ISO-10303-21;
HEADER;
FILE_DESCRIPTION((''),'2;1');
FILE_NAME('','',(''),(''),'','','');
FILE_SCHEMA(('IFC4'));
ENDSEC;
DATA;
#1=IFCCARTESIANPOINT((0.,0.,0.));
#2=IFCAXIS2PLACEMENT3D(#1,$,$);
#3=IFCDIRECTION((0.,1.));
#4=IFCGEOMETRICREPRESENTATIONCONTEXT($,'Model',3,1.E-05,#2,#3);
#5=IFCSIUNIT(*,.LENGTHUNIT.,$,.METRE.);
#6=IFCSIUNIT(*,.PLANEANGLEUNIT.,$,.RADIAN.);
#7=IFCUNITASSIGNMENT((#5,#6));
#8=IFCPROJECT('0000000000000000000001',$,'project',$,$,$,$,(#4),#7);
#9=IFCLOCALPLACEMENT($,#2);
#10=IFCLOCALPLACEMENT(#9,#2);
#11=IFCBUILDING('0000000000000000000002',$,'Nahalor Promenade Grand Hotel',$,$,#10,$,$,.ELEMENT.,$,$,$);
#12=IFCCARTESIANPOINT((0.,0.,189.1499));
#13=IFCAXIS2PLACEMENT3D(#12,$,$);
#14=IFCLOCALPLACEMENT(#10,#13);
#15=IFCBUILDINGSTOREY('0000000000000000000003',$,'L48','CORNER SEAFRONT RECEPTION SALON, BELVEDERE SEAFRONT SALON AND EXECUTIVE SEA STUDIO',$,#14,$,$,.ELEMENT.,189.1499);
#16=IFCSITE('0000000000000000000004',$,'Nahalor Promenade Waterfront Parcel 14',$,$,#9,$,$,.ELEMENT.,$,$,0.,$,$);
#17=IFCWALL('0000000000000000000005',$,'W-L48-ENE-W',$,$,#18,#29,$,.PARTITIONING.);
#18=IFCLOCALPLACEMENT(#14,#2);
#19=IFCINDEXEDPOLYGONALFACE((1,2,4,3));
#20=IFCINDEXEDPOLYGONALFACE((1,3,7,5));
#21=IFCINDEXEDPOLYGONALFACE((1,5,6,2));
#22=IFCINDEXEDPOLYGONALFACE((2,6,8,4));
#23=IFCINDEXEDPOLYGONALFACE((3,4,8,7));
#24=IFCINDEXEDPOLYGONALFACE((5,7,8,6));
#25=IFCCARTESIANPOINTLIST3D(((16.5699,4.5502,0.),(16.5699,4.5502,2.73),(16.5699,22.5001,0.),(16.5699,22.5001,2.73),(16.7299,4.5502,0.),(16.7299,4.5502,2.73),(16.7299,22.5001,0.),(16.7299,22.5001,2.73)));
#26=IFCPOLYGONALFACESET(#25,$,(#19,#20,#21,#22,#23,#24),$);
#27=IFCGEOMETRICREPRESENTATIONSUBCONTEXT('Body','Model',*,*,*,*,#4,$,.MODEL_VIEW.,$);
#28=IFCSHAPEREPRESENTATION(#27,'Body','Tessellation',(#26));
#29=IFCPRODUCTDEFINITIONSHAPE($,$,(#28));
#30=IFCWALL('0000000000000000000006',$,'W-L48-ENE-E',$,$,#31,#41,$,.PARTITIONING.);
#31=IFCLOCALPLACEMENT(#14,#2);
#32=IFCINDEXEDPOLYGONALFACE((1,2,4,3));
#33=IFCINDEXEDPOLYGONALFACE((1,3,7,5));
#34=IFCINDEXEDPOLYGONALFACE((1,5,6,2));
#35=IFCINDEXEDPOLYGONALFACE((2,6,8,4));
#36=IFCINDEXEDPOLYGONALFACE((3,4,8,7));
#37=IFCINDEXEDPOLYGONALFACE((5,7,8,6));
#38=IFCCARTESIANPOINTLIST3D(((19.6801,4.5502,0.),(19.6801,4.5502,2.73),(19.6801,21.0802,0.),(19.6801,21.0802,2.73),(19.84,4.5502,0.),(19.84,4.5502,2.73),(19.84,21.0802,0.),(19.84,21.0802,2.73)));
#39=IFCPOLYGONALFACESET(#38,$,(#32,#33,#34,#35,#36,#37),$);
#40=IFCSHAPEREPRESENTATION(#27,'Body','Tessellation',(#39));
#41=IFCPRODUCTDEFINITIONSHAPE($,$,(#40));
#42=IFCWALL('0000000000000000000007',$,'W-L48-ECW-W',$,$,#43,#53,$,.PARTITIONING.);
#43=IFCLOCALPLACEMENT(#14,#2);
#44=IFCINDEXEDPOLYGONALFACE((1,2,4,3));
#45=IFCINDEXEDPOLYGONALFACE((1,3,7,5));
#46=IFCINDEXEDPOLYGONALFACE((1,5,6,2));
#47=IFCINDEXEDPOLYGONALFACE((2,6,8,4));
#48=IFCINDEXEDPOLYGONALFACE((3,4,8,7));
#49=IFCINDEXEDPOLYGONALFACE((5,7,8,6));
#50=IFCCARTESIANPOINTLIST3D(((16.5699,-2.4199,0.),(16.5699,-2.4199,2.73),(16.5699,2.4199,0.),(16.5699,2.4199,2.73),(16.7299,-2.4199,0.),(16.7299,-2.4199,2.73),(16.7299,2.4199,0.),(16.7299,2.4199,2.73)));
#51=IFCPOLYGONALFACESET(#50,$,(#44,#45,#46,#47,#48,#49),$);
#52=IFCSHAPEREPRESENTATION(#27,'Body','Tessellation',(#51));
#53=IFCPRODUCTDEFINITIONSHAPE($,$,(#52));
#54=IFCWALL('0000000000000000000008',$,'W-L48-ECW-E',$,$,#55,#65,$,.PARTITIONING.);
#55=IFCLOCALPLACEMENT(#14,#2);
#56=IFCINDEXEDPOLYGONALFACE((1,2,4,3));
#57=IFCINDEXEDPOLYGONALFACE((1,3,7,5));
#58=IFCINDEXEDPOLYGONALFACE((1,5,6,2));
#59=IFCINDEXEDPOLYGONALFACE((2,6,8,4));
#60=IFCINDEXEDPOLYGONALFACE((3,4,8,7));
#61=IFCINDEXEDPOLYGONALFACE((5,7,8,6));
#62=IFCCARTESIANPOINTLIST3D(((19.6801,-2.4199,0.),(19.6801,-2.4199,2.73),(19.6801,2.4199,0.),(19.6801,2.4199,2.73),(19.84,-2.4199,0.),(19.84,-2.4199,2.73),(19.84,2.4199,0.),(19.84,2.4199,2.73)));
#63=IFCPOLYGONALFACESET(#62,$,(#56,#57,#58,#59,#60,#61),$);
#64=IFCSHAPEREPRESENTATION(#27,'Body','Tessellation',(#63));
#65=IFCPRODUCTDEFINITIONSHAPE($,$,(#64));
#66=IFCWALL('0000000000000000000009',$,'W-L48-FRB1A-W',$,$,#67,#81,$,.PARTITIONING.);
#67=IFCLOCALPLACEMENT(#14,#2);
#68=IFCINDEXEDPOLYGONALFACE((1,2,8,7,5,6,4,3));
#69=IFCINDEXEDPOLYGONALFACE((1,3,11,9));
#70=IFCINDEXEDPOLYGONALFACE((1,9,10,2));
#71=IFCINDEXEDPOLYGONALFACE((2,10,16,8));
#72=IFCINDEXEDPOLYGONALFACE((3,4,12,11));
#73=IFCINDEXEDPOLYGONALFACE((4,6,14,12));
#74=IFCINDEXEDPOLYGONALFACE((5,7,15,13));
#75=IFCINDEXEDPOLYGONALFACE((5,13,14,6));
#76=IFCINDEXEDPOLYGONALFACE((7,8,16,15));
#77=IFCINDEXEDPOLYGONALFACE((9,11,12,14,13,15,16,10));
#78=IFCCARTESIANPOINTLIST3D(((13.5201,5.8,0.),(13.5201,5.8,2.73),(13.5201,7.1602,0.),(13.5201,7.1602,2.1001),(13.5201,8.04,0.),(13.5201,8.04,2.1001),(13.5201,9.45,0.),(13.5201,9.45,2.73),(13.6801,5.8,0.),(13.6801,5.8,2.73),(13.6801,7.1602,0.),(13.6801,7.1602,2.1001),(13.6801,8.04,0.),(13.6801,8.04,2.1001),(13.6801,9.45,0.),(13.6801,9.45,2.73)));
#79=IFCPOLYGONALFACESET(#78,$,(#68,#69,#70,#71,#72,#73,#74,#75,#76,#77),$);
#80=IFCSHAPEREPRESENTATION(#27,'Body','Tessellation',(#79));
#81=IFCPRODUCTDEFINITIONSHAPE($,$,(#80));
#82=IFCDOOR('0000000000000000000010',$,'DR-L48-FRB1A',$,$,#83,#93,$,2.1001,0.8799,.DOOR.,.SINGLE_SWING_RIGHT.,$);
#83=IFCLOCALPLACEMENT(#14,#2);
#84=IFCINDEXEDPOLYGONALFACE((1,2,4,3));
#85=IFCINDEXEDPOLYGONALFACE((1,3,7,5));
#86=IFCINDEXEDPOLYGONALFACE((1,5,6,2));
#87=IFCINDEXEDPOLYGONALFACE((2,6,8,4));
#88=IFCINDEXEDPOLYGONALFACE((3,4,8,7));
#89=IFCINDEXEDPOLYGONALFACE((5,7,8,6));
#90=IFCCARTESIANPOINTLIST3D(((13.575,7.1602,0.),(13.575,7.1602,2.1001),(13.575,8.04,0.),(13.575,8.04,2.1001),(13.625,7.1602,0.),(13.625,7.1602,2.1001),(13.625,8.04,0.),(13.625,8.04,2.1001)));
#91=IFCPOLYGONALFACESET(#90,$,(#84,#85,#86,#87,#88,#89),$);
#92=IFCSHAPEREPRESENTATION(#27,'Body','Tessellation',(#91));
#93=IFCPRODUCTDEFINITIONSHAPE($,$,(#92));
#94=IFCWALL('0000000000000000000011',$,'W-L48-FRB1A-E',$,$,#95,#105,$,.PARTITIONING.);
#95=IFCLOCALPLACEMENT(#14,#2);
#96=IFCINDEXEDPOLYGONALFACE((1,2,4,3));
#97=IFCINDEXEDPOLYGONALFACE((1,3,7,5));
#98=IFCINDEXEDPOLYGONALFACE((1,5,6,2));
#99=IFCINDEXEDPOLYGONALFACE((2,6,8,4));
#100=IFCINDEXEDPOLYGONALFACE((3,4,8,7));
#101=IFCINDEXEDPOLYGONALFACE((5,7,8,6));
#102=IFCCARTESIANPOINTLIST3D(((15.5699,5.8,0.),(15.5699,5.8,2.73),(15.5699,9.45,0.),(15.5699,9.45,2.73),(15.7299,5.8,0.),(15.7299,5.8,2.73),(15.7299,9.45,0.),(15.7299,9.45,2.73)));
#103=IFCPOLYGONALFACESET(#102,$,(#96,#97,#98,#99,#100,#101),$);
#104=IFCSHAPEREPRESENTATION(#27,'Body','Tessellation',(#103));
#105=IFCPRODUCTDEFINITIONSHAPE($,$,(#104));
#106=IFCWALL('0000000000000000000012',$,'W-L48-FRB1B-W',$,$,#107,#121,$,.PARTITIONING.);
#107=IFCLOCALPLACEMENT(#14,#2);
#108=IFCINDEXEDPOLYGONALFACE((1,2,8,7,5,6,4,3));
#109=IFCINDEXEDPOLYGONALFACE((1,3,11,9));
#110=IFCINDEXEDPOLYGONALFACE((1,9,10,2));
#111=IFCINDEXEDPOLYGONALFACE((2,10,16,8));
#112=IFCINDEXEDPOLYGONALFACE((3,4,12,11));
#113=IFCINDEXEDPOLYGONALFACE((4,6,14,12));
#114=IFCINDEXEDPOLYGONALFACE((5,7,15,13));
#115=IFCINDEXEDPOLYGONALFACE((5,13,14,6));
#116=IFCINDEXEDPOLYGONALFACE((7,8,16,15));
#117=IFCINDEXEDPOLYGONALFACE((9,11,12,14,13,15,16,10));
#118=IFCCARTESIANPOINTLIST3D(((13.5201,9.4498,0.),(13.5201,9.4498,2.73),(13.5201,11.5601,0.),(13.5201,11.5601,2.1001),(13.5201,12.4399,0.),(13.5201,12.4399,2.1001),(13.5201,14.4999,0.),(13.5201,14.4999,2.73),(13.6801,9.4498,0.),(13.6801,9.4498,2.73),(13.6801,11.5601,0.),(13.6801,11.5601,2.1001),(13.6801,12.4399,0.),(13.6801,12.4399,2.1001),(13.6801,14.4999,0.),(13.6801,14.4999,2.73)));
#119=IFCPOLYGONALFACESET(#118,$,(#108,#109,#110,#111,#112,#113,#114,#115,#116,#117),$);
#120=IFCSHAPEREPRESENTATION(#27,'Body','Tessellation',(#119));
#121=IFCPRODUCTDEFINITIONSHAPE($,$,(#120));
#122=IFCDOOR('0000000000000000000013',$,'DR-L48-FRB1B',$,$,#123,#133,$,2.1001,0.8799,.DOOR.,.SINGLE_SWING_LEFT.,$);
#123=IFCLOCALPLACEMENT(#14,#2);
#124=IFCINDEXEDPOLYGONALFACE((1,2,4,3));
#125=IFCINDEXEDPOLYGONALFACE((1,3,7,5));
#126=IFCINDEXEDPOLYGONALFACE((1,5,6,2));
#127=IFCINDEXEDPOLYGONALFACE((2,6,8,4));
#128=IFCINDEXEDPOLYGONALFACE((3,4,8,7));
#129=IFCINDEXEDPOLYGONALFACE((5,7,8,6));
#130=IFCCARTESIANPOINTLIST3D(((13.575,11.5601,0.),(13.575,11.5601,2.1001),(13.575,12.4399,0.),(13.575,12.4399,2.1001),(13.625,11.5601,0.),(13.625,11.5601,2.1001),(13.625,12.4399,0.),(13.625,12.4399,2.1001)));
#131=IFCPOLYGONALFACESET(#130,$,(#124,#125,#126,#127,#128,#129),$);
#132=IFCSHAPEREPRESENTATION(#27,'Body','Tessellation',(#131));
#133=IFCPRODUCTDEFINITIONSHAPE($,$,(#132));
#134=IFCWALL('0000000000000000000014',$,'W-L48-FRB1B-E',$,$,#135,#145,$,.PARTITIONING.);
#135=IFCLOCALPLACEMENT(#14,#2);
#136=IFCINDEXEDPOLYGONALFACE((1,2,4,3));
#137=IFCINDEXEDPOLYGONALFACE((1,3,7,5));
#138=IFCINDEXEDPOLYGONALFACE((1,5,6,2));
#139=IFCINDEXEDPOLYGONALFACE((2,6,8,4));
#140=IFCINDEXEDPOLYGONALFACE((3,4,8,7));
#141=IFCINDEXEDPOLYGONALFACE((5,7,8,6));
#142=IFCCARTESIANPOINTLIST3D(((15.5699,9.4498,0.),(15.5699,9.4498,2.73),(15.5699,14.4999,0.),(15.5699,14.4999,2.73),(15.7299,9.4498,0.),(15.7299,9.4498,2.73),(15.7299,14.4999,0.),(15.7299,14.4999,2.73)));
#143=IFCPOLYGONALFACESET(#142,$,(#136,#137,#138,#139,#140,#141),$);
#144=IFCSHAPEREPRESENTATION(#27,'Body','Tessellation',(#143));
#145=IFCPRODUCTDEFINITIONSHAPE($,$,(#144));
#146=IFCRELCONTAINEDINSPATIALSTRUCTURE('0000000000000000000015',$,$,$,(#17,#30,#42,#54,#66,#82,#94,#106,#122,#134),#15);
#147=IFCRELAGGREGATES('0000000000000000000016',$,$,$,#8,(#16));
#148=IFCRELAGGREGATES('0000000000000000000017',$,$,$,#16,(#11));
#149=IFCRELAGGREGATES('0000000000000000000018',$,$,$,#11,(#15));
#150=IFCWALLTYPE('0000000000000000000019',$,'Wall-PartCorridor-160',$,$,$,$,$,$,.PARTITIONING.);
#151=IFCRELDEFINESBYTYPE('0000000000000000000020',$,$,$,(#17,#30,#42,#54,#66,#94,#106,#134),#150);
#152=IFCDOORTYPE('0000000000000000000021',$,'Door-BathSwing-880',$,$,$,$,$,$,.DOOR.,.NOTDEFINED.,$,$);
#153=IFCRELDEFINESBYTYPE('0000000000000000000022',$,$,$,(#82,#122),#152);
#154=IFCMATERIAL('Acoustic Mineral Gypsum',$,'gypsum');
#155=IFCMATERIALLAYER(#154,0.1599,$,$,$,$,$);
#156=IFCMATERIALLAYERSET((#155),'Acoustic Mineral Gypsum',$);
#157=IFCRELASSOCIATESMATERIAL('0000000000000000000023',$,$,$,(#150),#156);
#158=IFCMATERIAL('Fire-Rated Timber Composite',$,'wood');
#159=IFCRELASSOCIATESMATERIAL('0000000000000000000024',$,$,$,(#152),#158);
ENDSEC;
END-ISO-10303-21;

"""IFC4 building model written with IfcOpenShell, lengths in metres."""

from ifc_helpers import new_model, si_unit, direction, frame, frame_2d, origin, place, context, subcontext, project, spatial, rectangle, extrude, source, transform, mapped, material, layer, layer_set, type_object, element, fill, save


model = new_model("IFC4")

# Units and contexts
model_context = context("Model", 3, precision=1e-05, world=origin(), true_north=direction((0.0, 1.0)))
body_context = subcontext(model_context, "Body", "Model", "MODEL_VIEW")
ifc_project = project(units=[si_unit("LENGTHUNIT", "METRE"), si_unit("PLANEANGLEUNIT", "RADIAN")], contexts=[model_context])

# Site, building, storey
site_placement = place(None, origin())
site = spatial("IfcSite", under=ifc_project, at=site_placement, Name="Nahalor Promenade Waterfront Parcel 14", CompositionType="ELEMENT", RefElevation=0.0)
building_placement = place(site_placement, origin())
building = spatial("IfcBuilding", under=site, at=building_placement, Name="Nahalor Promenade Grand Hotel", CompositionType="ELEMENT")
storey_placement = place(building_placement, frame((0.0, 0.0, 189.1499)))
storey = spatial("IfcBuildingStorey", under=building, at=storey_placement, Name="L48", Description="CORNER SEAFRONT RECEPTION SALON, BELVEDERE SEAFRONT SALON AND EXECUTIVE SEA STUDIO", CompositionType="ELEMENT", Elevation=189.1499)

# Shared definitions
ifc_material_1 = material(Name="Acoustic Mineral Gypsum", Category="gypsum")
ifc_layer_1 = layer(ifc_material_1, 0.1599)
ifc_layer_set_1 = layer_set([ifc_layer_1], Name="Acoustic Mineral Gypsum")
wall_type_1 = type_object("IfcWallType", Name="Wall-PartCorridor-160", PredefinedType="PARTITIONING", material=ifc_layer_set_1)

# Walls
shared_shape_1 = source(origin(), body_context, "Body", "SweptSolid", [
    extrude(rectangle(XDim=17.95, YDim=0.1599, at=frame_2d((8.9751, 0.0))), origin(), (0.0, 0.0, 1.0), 2.73),
])
wall_1_placement = place(storey_placement, frame((16.6499, 4.55, 0.0), z_axis=(0.0, 0.0, 1.0), x_axis=(0.0, 1.0, 0.0)))
element("IfcWall", 1, at=wall_1_placement, inside=storey, type_object=wall_type_1, Name="W-L48-ENE-W", PredefinedType="PARTITIONING", context=body_context, shape_type="MappedRepresentation", body=[
    mapped(shared_shape_1, transform((0.0, 0.0, 0.0), scale=1.0)),
])
shared_shape_2 = source(origin(), body_context, "Body", "SweptSolid", [
    extrude(rectangle(XDim=16.53, YDim=0.1599, at=frame_2d((8.2651, 0.0))), origin(), (0.0, 0.0, 1.0), 2.73),
])
wall_2_placement = place(storey_placement, frame((19.76, 4.55, 0.0), z_axis=(0.0, 0.0, 1.0), x_axis=(0.0, 1.0, 0.0)))
element("IfcWall", 2, at=wall_2_placement, inside=storey, type_object=wall_type_1, Name="W-L48-ENE-E", PredefinedType="PARTITIONING", context=body_context, shape_type="MappedRepresentation", body=[
    mapped(shared_shape_2, transform((0.0, 0.0, 0.0), scale=1.0)),
])
shared_shape_3 = source(origin(), body_context, "Body", "SweptSolid", [
    extrude(rectangle(XDim=4.8398, YDim=0.1599, at=frame_2d((2.4199, 0.0))), origin(), (0.0, 0.0, 1.0), 2.73),
])
for number, where, z_axis, x_axis, name in (
    (3, (16.6499, -2.4199, 0.0), (0.0, 0.0, 1.0), (0.0, 1.0, 0.0), "W-L48-ECW-W"),
    (4, (19.76, -2.4199, 0.0), (0.0, 0.0, 1.0), (0.0, 1.0, 0.0), "W-L48-ECW-E"),
):
    element("IfcWall", number, at=place(storey_placement, frame(where, z_axis=z_axis, x_axis=x_axis)), inside=storey, type_object=wall_type_1, Name=name, PredefinedType="PARTITIONING", context=body_context, shape_type="MappedRepresentation", body=[
        mapped(shared_shape_3, transform((0.0, 0.0, 0.0), scale=1.0)),
    ])

# Wall, opening, door
shared_shape_4 = source(origin(), body_context, "Body", "SweptSolid", [
    extrude(rectangle(XDim=3.6499, YDim=0.1599, at=frame_2d((1.825, 0.0))), origin(), (0.0, 0.0, 1.0), 2.73),
])
wall_3_placement = place(storey_placement, frame((13.6001, 5.8, 0.0), z_axis=(0.0, 0.0, 1.0), x_axis=(0.0, 1.0, 0.0)))
wall_3 = element("IfcWall", 5, at=wall_3_placement, inside=storey, type_object=wall_type_1, Name="W-L48-FRB1A-W", PredefinedType="PARTITIONING", context=body_context, shape_type="MappedRepresentation", body=[
    mapped(shared_shape_4, transform((0.0, 0.0, 0.0), scale=1.0)),
])
opening_1_placement = place(wall_3_placement, frame((1.3601, 0.0, 0.0)))
opening_1 = element("IfcOpeningElement", 6, at=opening_1_placement, cuts=wall_3, PredefinedType="OPENING", context=body_context, shape_type="SweptSolid", body=[
    extrude(rectangle(XDim=0.8799, YDim=2.1001, at=frame_2d((0.4399, 1.05))), frame((0.0, 0.0898, 0.0), z_axis=(0.0, -1.0, 0.0), x_axis=(1.0, 0.0, 0.0)), (0.0, 0.0, 1.0), 0.1799),
])
ifc_material_2 = material(Name="Fire-Rated Timber Composite", Category="wood")
door_type_1 = type_object("IfcDoorType", Name="Door-BathSwing-880", OperationType="NOTDEFINED", PredefinedType="DOOR", material=ifc_material_2)
shared_shape_5 = source(origin(), body_context, "Body", "SweptSolid", [
    extrude(rectangle(XDim=0.8799, YDim=2.1001, at=frame_2d((0.4399, 1.05))), frame((0.0, 0.0249, 0.0), z_axis=(0.0, -1.0, 0.0), x_axis=(1.0, 0.0, 0.0)), (0.0, 0.0, 1.0), 0.05),
])
door_1_placement = place(opening_1_placement, frame((0.8799, 0.0, 0.0), z_axis=(0.0, 0.0, 1.0), x_axis=(-1.0, 0.0, 0.0)))
door_1 = element("IfcDoor", 7, at=door_1_placement, inside=storey, type_object=door_type_1, Name="DR-L48-FRB1A", OperationType="SINGLE_SWING_RIGHT", OverallHeight=2.1001, OverallWidth=0.8799, PredefinedType="DOOR", context=body_context, shape_type="MappedRepresentation", body=[
    mapped(shared_shape_5, transform((0.0, 0.0, 0.0), scale=1.0)),
])
fill(opening_1, door_1)

# Wall
wall_4_placement = place(storey_placement, frame((15.6499, 5.8, 0.0), z_axis=(0.0, 0.0, 1.0), x_axis=(0.0, 1.0, 0.0)))
element("IfcWall", 8, at=wall_4_placement, inside=storey, type_object=wall_type_1, Name="W-L48-FRB1A-E", PredefinedType="PARTITIONING", context=body_context, shape_type="MappedRepresentation", body=[
    mapped(shared_shape_4, transform((0.0, 0.0, 0.0), scale=1.0)),
])

# Wall, opening, door
shared_shape_6 = source(origin(), body_context, "Body", "SweptSolid", [
    extrude(rectangle(XDim=5.05, YDim=0.1599, at=frame_2d((2.5249, 0.0))), origin(), (0.0, 0.0, 1.0), 2.73),
])
wall_5_placement = place(storey_placement, frame((13.6001, 9.45, 0.0), z_axis=(0.0, 0.0, 1.0), x_axis=(0.0, 1.0, 0.0)))
wall_5 = element("IfcWall", 9, at=wall_5_placement, inside=storey, type_object=wall_type_1, Name="W-L48-FRB1B-W", PredefinedType="PARTITIONING", context=body_context, shape_type="MappedRepresentation", body=[
    mapped(shared_shape_6, transform((0.0, 0.0, 0.0), scale=1.0)),
])
opening_2_placement = place(wall_5_placement, frame((2.1101, 0.0, 0.0)))
opening_2 = element("IfcOpeningElement", 10, at=opening_2_placement, cuts=wall_5, PredefinedType="OPENING", context=body_context, shape_type="SweptSolid", body=[
    extrude(rectangle(XDim=0.8799, YDim=2.1001, at=frame_2d((0.4399, 1.05))), frame((0.0, 0.0898, 0.0), z_axis=(0.0, -1.0, 0.0), x_axis=(1.0, 0.0, 0.0)), (0.0, 0.0, 1.0), 0.1799),
])
door_2_placement = place(opening_2_placement, frame((0.8799, 0.0, 0.0), z_axis=(0.0, 0.0, 1.0), x_axis=(-1.0, 0.0, 0.0)))
door_2 = element("IfcDoor", 11, at=door_2_placement, inside=storey, type_object=door_type_1, Name="DR-L48-FRB1B", OperationType="SINGLE_SWING_LEFT", OverallHeight=2.1001, OverallWidth=0.8799, PredefinedType="DOOR", context=body_context, shape_type="MappedRepresentation", body=[
    mapped(shared_shape_5, transform((0.0, 0.0, 0.0), scale=1.0)),
])
fill(opening_2, door_2)

# Wall
wall_6_placement = place(storey_placement, frame((15.6499, 9.45, 0.0), z_axis=(0.0, 0.0, 1.0), x_axis=(0.0, 1.0, 0.0)))
element("IfcWall", 12, at=wall_6_placement, inside=storey, type_object=wall_type_1, Name="W-L48-FRB1B-E", PredefinedType="PARTITIONING", context=body_context, shape_type="MappedRepresentation", body=[
    mapped(shared_shape_6, transform((0.0, 0.0, 0.0), scale=1.0)),
])

save(model, "model.ifc")
